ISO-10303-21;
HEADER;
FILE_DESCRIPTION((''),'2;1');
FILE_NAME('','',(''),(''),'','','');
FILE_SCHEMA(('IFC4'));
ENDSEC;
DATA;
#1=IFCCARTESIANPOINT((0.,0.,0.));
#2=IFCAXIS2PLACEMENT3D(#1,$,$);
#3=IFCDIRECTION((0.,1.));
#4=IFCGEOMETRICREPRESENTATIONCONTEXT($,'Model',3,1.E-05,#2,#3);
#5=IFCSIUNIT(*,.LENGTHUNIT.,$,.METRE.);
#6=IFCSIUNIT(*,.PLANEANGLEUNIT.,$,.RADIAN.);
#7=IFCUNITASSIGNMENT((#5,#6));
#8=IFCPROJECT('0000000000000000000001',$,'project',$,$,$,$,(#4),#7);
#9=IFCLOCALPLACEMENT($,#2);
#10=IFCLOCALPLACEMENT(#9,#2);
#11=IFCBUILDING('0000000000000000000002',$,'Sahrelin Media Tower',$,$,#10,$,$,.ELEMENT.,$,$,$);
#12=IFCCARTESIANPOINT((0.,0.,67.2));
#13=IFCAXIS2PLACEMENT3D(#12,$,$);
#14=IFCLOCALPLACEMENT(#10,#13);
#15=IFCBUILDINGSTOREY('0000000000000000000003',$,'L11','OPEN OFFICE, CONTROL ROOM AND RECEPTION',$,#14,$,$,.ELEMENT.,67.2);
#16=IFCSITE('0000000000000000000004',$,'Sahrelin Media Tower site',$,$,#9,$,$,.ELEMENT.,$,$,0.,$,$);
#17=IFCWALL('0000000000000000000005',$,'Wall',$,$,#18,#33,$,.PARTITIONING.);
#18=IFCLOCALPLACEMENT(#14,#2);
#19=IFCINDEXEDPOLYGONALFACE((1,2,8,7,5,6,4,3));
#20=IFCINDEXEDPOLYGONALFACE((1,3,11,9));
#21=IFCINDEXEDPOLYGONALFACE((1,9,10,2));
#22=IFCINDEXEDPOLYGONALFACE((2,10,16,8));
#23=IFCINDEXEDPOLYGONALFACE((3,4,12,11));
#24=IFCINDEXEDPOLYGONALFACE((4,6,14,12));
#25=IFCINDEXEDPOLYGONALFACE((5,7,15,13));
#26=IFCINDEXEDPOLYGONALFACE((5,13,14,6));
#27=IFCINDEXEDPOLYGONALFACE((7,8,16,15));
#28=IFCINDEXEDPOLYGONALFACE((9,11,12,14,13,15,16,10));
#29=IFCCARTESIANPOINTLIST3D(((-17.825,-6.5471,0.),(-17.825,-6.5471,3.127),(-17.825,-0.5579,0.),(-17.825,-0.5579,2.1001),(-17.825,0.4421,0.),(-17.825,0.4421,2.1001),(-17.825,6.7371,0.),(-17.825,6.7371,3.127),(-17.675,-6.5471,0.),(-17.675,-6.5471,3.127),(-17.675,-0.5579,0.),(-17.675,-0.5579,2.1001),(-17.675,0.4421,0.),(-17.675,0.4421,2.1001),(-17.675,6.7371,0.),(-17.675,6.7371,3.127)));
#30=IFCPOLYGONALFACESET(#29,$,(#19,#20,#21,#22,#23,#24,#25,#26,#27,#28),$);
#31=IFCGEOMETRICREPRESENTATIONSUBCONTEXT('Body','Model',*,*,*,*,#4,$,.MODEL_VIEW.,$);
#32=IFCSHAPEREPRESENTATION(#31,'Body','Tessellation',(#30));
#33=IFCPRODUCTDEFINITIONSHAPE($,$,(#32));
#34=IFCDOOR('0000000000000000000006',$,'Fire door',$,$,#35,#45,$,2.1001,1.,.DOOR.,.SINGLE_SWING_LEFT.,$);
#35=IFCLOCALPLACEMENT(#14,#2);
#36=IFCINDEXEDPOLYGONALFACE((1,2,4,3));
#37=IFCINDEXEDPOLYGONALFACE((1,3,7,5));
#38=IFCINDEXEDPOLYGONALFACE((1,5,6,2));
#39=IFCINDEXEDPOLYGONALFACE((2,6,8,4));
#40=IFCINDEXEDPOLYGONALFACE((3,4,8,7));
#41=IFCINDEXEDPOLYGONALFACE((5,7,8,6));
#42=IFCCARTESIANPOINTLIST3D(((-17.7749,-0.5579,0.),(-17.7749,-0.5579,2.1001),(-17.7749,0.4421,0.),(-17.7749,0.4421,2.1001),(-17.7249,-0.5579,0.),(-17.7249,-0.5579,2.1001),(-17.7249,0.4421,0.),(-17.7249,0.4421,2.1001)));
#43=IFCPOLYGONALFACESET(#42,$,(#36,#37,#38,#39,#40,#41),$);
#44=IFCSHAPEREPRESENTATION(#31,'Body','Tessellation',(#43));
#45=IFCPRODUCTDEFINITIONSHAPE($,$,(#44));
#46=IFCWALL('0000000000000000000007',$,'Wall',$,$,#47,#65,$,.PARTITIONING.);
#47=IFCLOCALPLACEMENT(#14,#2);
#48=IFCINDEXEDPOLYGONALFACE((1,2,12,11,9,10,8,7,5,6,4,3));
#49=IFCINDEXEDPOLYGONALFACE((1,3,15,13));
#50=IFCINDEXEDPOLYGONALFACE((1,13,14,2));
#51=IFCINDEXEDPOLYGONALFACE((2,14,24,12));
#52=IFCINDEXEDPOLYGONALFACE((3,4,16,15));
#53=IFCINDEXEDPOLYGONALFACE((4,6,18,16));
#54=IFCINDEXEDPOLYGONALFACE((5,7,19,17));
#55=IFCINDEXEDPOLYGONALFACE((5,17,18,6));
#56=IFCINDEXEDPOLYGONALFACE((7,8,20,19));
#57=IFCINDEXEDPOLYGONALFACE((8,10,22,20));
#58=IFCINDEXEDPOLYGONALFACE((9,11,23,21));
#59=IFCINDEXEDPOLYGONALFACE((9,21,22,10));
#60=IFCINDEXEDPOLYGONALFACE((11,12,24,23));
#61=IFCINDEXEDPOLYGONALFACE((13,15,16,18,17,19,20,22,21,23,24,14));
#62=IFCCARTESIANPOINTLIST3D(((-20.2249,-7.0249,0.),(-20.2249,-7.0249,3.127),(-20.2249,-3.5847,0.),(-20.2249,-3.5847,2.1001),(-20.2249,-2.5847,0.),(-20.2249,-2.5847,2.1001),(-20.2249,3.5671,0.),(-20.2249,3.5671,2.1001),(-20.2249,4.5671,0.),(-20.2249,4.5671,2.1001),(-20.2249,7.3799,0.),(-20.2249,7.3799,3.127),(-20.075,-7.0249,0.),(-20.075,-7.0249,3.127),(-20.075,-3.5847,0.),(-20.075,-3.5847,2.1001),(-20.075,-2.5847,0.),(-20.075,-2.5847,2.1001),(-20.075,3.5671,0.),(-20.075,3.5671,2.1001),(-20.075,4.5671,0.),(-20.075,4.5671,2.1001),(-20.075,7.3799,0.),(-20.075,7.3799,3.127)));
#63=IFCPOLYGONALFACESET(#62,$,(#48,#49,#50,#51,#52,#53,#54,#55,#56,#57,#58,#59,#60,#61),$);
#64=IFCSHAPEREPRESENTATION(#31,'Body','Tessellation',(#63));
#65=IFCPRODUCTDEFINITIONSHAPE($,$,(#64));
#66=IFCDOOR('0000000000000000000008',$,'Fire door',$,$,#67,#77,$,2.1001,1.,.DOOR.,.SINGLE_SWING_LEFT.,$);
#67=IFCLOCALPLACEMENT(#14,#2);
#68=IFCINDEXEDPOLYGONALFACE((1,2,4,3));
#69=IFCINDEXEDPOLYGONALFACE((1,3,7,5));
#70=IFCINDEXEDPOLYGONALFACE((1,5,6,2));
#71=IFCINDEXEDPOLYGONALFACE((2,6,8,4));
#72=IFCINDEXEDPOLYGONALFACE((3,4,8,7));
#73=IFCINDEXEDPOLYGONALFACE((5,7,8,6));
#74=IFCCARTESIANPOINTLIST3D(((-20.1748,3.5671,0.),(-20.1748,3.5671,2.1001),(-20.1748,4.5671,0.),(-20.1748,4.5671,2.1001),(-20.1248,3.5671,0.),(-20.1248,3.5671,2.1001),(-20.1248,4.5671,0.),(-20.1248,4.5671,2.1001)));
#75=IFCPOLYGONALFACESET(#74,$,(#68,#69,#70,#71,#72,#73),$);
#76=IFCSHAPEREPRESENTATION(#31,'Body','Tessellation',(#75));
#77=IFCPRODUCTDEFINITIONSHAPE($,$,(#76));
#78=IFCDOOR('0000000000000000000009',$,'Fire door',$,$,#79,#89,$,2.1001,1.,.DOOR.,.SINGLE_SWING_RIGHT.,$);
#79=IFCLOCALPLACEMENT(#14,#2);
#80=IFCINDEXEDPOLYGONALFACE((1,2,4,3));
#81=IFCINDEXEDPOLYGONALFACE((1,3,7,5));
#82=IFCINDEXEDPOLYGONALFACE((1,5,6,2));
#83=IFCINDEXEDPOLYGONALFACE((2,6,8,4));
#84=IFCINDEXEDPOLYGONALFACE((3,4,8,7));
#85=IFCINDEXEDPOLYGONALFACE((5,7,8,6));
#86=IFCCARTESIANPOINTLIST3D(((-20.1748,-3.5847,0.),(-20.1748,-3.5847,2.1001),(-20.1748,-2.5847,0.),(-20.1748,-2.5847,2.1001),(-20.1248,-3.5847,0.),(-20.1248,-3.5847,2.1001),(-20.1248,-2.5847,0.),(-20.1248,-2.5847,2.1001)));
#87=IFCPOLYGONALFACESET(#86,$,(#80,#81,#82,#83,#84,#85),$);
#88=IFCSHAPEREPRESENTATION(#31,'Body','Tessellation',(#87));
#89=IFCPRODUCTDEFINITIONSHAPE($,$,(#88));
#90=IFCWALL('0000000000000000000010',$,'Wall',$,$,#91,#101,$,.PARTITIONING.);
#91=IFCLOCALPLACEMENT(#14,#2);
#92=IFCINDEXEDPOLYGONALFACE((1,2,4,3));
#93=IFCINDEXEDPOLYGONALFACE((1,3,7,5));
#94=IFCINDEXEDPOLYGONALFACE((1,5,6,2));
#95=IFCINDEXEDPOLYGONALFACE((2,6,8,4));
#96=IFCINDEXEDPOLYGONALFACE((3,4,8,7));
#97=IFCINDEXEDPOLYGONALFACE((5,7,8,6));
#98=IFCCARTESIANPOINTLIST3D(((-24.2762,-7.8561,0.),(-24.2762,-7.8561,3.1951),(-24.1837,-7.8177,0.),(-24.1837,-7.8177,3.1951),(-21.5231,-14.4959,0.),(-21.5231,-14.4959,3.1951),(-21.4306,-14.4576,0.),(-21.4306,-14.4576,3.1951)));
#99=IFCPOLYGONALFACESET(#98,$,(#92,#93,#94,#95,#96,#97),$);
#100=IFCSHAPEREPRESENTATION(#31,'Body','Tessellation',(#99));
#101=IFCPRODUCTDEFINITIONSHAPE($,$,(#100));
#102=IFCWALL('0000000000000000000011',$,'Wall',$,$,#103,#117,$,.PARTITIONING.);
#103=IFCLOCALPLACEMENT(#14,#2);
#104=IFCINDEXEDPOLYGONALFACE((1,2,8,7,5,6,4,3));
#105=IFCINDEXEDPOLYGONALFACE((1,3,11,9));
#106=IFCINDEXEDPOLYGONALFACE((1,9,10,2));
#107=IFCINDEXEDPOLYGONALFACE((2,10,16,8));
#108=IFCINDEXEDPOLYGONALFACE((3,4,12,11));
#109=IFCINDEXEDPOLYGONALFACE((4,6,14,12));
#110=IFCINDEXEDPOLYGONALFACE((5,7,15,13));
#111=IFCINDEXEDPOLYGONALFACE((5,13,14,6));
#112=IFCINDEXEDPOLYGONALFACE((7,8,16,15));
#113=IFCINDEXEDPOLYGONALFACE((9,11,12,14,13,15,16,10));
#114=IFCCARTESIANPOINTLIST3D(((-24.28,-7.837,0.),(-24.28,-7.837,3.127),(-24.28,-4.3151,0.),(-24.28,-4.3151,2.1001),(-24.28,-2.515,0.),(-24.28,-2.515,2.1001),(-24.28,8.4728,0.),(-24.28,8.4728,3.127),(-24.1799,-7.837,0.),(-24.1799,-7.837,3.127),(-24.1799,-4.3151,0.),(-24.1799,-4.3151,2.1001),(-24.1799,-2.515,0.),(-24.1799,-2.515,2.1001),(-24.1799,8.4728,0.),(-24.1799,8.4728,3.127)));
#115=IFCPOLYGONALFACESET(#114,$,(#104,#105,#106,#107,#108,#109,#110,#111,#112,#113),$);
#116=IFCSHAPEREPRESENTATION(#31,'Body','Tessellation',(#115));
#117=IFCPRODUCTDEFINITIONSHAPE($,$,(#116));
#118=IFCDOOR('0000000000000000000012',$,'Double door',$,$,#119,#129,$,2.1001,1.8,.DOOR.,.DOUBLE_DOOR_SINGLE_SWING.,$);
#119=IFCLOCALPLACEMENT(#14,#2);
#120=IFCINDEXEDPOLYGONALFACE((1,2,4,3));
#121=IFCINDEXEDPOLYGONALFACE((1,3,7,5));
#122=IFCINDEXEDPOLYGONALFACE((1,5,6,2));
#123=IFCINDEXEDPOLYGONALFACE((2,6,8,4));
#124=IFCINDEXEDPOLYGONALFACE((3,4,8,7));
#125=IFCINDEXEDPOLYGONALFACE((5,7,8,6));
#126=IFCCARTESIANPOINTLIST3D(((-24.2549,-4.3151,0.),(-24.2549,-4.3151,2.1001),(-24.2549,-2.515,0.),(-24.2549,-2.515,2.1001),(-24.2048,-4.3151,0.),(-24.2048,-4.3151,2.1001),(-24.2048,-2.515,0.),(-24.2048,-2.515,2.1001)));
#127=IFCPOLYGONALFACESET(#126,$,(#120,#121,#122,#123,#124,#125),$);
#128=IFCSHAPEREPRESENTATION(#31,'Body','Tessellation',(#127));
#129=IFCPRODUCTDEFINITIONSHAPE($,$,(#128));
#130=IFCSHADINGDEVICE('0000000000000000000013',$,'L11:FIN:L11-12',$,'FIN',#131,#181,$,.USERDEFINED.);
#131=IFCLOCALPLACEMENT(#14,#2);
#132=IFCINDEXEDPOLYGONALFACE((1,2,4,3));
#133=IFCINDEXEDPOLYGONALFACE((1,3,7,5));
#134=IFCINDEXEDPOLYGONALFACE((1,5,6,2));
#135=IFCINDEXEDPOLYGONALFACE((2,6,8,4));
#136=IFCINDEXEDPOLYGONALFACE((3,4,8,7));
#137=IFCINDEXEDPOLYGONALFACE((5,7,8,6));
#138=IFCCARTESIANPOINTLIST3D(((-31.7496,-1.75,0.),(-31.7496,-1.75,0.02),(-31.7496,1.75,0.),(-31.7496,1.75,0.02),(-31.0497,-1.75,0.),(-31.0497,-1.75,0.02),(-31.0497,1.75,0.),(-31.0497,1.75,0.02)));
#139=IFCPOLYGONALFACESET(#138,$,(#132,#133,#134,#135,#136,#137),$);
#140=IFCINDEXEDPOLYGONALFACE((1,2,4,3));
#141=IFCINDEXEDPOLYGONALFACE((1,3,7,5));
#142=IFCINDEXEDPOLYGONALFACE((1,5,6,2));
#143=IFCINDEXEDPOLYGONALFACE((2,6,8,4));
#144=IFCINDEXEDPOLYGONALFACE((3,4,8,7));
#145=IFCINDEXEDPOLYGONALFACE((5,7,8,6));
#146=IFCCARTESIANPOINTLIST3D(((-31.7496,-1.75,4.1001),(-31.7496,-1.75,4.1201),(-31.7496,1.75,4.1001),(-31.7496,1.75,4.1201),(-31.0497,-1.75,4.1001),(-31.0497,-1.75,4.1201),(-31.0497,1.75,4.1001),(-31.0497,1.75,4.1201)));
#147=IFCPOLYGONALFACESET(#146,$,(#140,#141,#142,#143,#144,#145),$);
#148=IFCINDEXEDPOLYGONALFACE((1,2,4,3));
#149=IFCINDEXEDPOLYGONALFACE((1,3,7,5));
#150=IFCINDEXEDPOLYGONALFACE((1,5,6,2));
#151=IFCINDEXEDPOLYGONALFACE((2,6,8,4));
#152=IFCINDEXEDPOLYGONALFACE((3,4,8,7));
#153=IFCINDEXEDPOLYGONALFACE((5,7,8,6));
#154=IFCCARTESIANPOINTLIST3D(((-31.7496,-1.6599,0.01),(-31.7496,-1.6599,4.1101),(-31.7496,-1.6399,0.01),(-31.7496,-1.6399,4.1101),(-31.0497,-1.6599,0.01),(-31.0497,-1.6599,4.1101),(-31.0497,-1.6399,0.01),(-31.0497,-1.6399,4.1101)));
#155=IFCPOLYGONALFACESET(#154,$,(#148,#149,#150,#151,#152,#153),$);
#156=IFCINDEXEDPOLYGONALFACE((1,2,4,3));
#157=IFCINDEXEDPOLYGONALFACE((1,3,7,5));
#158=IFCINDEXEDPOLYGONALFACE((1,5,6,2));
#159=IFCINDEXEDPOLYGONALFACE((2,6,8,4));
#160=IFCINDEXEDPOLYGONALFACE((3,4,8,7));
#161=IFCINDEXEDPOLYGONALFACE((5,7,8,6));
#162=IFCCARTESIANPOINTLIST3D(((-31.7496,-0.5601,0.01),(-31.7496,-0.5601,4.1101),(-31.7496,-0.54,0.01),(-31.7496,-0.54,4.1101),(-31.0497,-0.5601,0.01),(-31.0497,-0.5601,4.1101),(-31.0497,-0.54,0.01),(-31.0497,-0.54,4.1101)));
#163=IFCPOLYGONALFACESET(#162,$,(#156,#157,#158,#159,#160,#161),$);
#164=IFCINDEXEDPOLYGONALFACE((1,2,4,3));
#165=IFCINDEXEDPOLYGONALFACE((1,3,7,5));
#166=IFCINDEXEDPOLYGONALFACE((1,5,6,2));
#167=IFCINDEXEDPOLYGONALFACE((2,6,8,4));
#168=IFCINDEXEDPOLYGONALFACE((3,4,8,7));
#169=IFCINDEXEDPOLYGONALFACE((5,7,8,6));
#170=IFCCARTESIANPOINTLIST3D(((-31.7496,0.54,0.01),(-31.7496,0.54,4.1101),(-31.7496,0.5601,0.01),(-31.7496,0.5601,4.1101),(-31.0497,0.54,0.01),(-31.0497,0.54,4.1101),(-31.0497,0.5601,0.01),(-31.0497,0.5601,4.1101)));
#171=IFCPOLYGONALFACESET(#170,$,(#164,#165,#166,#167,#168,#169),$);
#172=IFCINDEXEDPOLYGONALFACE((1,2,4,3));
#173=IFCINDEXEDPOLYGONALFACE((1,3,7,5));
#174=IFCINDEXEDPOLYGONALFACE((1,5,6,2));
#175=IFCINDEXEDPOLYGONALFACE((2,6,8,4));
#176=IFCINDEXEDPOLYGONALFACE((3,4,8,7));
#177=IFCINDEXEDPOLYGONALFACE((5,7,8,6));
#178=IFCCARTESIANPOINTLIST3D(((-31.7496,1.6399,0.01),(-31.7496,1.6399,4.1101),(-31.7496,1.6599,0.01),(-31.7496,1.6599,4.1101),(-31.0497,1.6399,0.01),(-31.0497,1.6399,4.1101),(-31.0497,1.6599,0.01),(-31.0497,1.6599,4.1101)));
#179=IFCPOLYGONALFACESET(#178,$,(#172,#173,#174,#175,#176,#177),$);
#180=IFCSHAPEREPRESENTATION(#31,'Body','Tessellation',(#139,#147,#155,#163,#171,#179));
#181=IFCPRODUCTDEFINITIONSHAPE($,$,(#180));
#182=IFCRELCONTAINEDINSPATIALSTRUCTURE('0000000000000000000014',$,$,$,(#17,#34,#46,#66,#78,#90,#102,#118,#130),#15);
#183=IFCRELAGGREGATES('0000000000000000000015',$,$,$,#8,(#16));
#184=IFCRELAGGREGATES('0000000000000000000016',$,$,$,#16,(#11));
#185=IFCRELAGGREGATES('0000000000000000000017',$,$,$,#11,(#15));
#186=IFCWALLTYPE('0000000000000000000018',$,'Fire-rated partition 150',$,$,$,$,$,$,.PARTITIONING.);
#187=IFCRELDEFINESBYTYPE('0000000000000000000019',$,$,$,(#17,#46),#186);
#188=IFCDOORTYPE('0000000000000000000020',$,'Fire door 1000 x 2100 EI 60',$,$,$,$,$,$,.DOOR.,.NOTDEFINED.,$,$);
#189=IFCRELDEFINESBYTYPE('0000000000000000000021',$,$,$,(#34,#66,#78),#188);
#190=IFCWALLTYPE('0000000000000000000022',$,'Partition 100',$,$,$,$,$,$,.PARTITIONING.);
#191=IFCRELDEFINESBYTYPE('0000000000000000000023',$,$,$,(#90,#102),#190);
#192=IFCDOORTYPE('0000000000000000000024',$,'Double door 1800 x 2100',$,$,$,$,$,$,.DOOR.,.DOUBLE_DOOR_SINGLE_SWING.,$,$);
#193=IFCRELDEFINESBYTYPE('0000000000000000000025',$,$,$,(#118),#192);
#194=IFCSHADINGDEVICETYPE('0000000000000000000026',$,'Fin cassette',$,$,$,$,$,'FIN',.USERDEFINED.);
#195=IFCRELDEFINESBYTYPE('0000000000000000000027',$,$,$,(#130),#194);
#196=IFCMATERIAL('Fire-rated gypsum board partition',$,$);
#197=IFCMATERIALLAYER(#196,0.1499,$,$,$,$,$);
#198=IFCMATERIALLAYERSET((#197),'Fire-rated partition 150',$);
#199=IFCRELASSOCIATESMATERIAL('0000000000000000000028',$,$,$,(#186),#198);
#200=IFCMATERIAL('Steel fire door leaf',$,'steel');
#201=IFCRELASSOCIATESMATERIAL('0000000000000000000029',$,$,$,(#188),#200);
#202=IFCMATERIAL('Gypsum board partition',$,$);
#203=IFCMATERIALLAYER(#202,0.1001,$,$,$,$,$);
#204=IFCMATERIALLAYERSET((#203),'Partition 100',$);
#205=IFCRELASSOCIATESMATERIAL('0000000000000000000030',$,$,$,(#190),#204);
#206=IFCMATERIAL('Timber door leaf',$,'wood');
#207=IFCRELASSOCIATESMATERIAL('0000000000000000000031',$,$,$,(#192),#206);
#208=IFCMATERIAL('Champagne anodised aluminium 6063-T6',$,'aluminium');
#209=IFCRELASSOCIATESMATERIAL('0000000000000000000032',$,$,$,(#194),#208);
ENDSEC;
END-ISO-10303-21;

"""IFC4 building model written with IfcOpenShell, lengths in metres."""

from ifc_helpers import new_model, si_unit, direction, frame, frame_2d, origin, origin_2d, place, context, subcontext, project, spatial, rectangle, extrude, material, layer, layer_set, type_object, element, fill, save


model = new_model("IFC4")

# Units and contexts
model_context = context("Model", 3, precision=1e-05, world=origin(), true_north=direction((0.0, 1.0)))
body_context = subcontext(model_context, "Body", "Model", "MODEL_VIEW")
ifc_project = project(units=[si_unit("LENGTHUNIT", "METRE"), si_unit("PLANEANGLEUNIT", "RADIAN")], contexts=[model_context])

# Site, building, storey
site_placement = place(None, origin())
site = spatial("IfcSite", under=ifc_project, at=site_placement, Name="Sahrelin Media Tower site", CompositionType="ELEMENT", RefElevation=0.0)
building_placement = place(site_placement, origin())
building = spatial("IfcBuilding", under=site, at=building_placement, Name="Sahrelin Media Tower", CompositionType="ELEMENT")
storey_placement = place(building_placement, frame((0.0, 0.0, 67.2)))
storey = spatial("IfcBuildingStorey", under=building, at=storey_placement, Name="L11", Description="OPEN OFFICE, CONTROL ROOM AND RECEPTION", CompositionType="ELEMENT", Elevation=67.2)

# Shared definitions
ifc_material_1 = material(Name="Champagne anodised aluminium 6063-T6", Category="aluminium")

# Shared definitions
ifc_material_2 = material(Name="Fire-rated gypsum board partition")
ifc_layer_1 = layer(ifc_material_2, 0.1499)
ifc_layer_set_1 = layer_set([ifc_layer_1], Name="Fire-rated partition 150")
wall_type_1 = type_object("IfcWallType", Name="Fire-rated partition 150", PredefinedType="PARTITIONING", material=ifc_layer_set_1)

# Wall, opening, door
wall_1_placement = place(storey_placement, frame((-17.75, -6.5471, 0.0), z_axis=(0.0, 0.0, 1.0), x_axis=(0.0, 1.0, 0.0)))
wall_1 = element("IfcWall", 1, at=wall_1_placement, inside=storey, type_object=wall_type_1, Name="Wall", PredefinedType="PARTITIONING", context=body_context, shape_type="SweptSolid", body=[
    extrude(rectangle(XDim=13.2842, YDim=0.1499, at=frame_2d((6.6421, 0.0))), origin(), (0.0, 0.0, 1.0), 3.127),
])
opening_1_placement = place(wall_1_placement, frame((5.9893, 0.0, 0.0)))
opening_1 = element("IfcOpeningElement", 2, at=opening_1_placement, cuts=wall_1, PredefinedType="OPENING", context=body_context, shape_type="SweptSolid", body=[
    extrude(rectangle(XDim=1.0, YDim=2.1001, at=frame_2d((0.5, 1.05))), frame((0.0, 0.075, 0.0), z_axis=(0.0, -1.0, 0.0), x_axis=(1.0, 0.0, 0.0)), (0.0, 0.0, 1.0), 0.1499),
])
ifc_material_3 = material(Name="Steel fire door leaf", Category="steel")
door_type_1 = type_object("IfcDoorType", Name="Fire door 1000 x 2100 EI 60", OperationType="NOTDEFINED", PredefinedType="DOOR", material=ifc_material_3)
door_1_placement = place(opening_1_placement, origin())
door_1 = element("IfcDoor", 3, at=door_1_placement, inside=storey, type_object=door_type_1, Name="Fire door", OperationType="SINGLE_SWING_LEFT", OverallHeight=2.1001, OverallWidth=1.0, PredefinedType="DOOR", context=body_context, shape_type="SweptSolid", body=[
    extrude(rectangle(XDim=1.0, YDim=2.1001, at=frame_2d((0.5, 1.05))), frame((0.0, 0.0249, 0.0), z_axis=(0.0, -1.0, 0.0), x_axis=(1.0, 0.0, 0.0)), (0.0, 0.0, 1.0), 0.05),
])
fill(opening_1, door_1)

# Wall, openings, doors
wall_2_placement = place(storey_placement, frame((-20.1499, -7.0249, 0.0), z_axis=(0.0, 0.0, 1.0), x_axis=(0.0, 1.0, 0.0)))
wall_2 = element("IfcWall", 4, at=wall_2_placement, inside=storey, type_object=wall_type_1, Name="Wall", PredefinedType="PARTITIONING", context=body_context, shape_type="SweptSolid", body=[
    extrude(rectangle(XDim=14.4048, YDim=0.1499, at=frame_2d((7.2024, 0.0))), origin(), (0.0, 0.0, 1.0), 3.127),
])
opening_2_placement = place(wall_2_placement, frame((10.592, 0.0, 0.0)))
opening_2 = element("IfcOpeningElement", 5, at=opening_2_placement, cuts=wall_2, PredefinedType="OPENING", context=body_context, shape_type="SweptSolid", body=[
    extrude(rectangle(XDim=1.0, YDim=2.1001, at=frame_2d((0.5, 1.05))), frame((0.0, 0.075, 0.0), z_axis=(0.0, -1.0, 0.0), x_axis=(1.0, 0.0, 0.0)), (0.0, 0.0, 1.0), 0.1499),
])
opening_3_placement = place(wall_2_placement, frame((3.4402, 0.0, 0.0)))
opening_3 = element("IfcOpeningElement", 6, at=opening_3_placement, cuts=wall_2, PredefinedType="OPENING", context=body_context, shape_type="SweptSolid", body=[
    extrude(rectangle(XDim=1.0, YDim=2.1001, at=frame_2d((0.5, 1.05))), frame((0.0, 0.075, 0.0), z_axis=(0.0, -1.0, 0.0), x_axis=(1.0, 0.0, 0.0)), (0.0, 0.0, 1.0), 0.1499),
])
door_2_placement = place(opening_2_placement, origin())
door_2 = element("IfcDoor", 7, at=door_2_placement, inside=storey, type_object=door_type_1, Name="Fire door", OperationType="SINGLE_SWING_LEFT", OverallHeight=2.1001, OverallWidth=1.0, PredefinedType="DOOR", context=body_context, shape_type="SweptSolid", body=[
    extrude(rectangle(XDim=1.0, YDim=2.1001, at=frame_2d((0.5, 1.05))), frame((0.0, 0.0249, 0.0), z_axis=(0.0, -1.0, 0.0), x_axis=(1.0, 0.0, 0.0)), (0.0, 0.0, 1.0), 0.05),
])
fill(opening_2, door_2)
door_3_placement = place(opening_3_placement, origin())
door_3 = element("IfcDoor", 8, at=door_3_placement, inside=storey, type_object=door_type_1, Name="Fire door", OperationType="SINGLE_SWING_RIGHT", OverallHeight=2.1001, OverallWidth=1.0, PredefinedType="DOOR", context=body_context, shape_type="SweptSolid", body=[
    extrude(rectangle(XDim=1.0, YDim=2.1001, at=frame_2d((0.5, 1.05))), frame((0.0, 0.0249, 0.0), z_axis=(0.0, -1.0, 0.0), x_axis=(1.0, 0.0, 0.0)), (0.0, 0.0, 1.0), 0.05),
])
fill(opening_3, door_3)

# Wall
ifc_material_4 = material(Name="Gypsum board partition")
ifc_layer_2 = layer(ifc_material_4, 0.1001)
ifc_layer_set_2 = layer_set([ifc_layer_2], Name="Partition 100")
wall_type_2 = type_object("IfcWallType", Name="Partition 100", PredefinedType="PARTITIONING", material=ifc_layer_set_2)
wall_3_placement = place(storey_placement, frame((-24.23, -7.8369, 0.0), z_axis=(0.0, 0.0, 1.0), x_axis=(0.383021, -0.92374, 0.0)))
element("IfcWall", 9, at=wall_3_placement, inside=storey, type_object=wall_type_2, Name="Wall", PredefinedType="PARTITIONING", context=body_context, shape_type="SweptSolid", body=[
    extrude(rectangle(XDim=7.188, YDim=0.1001, at=frame_2d((3.594, 0.0))), origin(), (0.0, 0.0, 1.0), 3.1951),
])

# Wall, opening, door
wall_4_placement = place(storey_placement, frame((-24.23, -7.8369, 0.0), z_axis=(0.0, 0.0, 1.0), x_axis=(0.0, 1.0, 0.0)))
wall_4 = element("IfcWall", 10, at=wall_4_placement, inside=storey, type_object=wall_type_2, Name="Wall", PredefinedType="PARTITIONING", context=body_context, shape_type="SweptSolid", body=[
    extrude(rectangle(XDim=16.3098, YDim=0.1001, at=frame_2d((8.1548, 0.0))), origin(), (0.0, 0.0, 1.0), 3.127),
])
opening_4_placement = place(wall_4_placement, frame((3.522, 0.0, 0.0)))
opening_4 = element("IfcOpeningElement", 11, at=opening_4_placement, cuts=wall_4, PredefinedType="OPENING", context=body_context, shape_type="SweptSolid", body=[
    extrude(rectangle(XDim=1.8, YDim=2.1001, at=frame_2d((0.8999, 1.05))), frame((0.0, 0.05, 0.0), z_axis=(0.0, -1.0, 0.0), x_axis=(1.0, 0.0, 0.0)), (0.0, 0.0, 1.0), 0.1001),
])
ifc_material_5 = material(Name="Timber door leaf", Category="wood")
door_type_2 = type_object("IfcDoorType", Name="Double door 1800 x 2100", OperationType="DOUBLE_DOOR_SINGLE_SWING", PredefinedType="DOOR", material=ifc_material_5)
door_4_placement = place(opening_4_placement, origin())
door_4 = element("IfcDoor", 12, at=door_4_placement, inside=storey, type_object=door_type_2, Name="Double door", OperationType="DOUBLE_DOOR_SINGLE_SWING", OverallHeight=2.1001, OverallWidth=1.8, PredefinedType="DOOR", context=body_context, shape_type="SweptSolid", body=[
    extrude(rectangle(XDim=1.8, YDim=2.1001, at=frame_2d((0.8999, 1.05))), frame((0.0, 0.0249, 0.0), z_axis=(0.0, -1.0, 0.0), x_axis=(1.0, 0.0, 0.0)), (0.0, 0.0, 1.0), 0.05),
])
fill(opening_4, door_4)

# Shading device
shading_device_type_1 = type_object("IfcShadingDeviceType", Name="Fin cassette", ElementType="FIN", PredefinedType="USERDEFINED", material=ifc_material_1)
placement_1 = place(storey_placement, frame((-30.9797, 0.0, 0.0), z_axis=(0.0, 0.0, 1.0), x_axis=(0.0, 1.0, 0.0)))
element("IfcShadingDevice", 13, at=placement_1, inside=storey, type_object=shading_device_type_1, Name="L11:FIN:L11-12", ObjectType="FIN", PredefinedType="USERDEFINED", context=body_context, shape_type="SweptSolid", body=[
    extrude(rectangle(XDim=3.5, YDim=0.7, at=origin_2d()), frame((0.0, 0.4199, 0.0)), (0.0, 0.0, 1.0), 0.02),
    extrude(rectangle(XDim=3.5, YDim=0.7, at=origin_2d()), frame((0.0, 0.4199, 4.1001)), (0.0, 0.0, 1.0), 0.02),
    extrude(rectangle(XDim=0.02, YDim=0.7, at=origin_2d()), frame((-1.6499, 0.4199, 0.01), z_axis=(0.0, 0.0, 1.0), x_axis=(1.0, 0.0, 0.0)), (0.0, 0.0, 1.0), 4.1001),
    extrude(rectangle(XDim=0.02, YDim=0.7, at=origin_2d()), frame((-0.55, 0.4199, 0.01), z_axis=(0.0, 0.0, 1.0), x_axis=(1.0, 0.0, 0.0)), (0.0, 0.0, 1.0), 4.1001),
    extrude(rectangle(XDim=0.02, YDim=0.7, at=origin_2d()), frame((0.55, 0.4199, 0.01), z_axis=(0.0, 0.0, 1.0), x_axis=(1.0, 0.0, 0.0)), (0.0, 0.0, 1.0), 4.1001),
    extrude(rectangle(XDim=0.02, YDim=0.7, at=origin_2d()), frame((1.6499, 0.4199, 0.01), z_axis=(0.0, 0.0, 1.0), x_axis=(1.0, 0.0, 0.0)), (0.0, 0.0, 1.0), 4.1001),
])

save(model, "model.ifc")
